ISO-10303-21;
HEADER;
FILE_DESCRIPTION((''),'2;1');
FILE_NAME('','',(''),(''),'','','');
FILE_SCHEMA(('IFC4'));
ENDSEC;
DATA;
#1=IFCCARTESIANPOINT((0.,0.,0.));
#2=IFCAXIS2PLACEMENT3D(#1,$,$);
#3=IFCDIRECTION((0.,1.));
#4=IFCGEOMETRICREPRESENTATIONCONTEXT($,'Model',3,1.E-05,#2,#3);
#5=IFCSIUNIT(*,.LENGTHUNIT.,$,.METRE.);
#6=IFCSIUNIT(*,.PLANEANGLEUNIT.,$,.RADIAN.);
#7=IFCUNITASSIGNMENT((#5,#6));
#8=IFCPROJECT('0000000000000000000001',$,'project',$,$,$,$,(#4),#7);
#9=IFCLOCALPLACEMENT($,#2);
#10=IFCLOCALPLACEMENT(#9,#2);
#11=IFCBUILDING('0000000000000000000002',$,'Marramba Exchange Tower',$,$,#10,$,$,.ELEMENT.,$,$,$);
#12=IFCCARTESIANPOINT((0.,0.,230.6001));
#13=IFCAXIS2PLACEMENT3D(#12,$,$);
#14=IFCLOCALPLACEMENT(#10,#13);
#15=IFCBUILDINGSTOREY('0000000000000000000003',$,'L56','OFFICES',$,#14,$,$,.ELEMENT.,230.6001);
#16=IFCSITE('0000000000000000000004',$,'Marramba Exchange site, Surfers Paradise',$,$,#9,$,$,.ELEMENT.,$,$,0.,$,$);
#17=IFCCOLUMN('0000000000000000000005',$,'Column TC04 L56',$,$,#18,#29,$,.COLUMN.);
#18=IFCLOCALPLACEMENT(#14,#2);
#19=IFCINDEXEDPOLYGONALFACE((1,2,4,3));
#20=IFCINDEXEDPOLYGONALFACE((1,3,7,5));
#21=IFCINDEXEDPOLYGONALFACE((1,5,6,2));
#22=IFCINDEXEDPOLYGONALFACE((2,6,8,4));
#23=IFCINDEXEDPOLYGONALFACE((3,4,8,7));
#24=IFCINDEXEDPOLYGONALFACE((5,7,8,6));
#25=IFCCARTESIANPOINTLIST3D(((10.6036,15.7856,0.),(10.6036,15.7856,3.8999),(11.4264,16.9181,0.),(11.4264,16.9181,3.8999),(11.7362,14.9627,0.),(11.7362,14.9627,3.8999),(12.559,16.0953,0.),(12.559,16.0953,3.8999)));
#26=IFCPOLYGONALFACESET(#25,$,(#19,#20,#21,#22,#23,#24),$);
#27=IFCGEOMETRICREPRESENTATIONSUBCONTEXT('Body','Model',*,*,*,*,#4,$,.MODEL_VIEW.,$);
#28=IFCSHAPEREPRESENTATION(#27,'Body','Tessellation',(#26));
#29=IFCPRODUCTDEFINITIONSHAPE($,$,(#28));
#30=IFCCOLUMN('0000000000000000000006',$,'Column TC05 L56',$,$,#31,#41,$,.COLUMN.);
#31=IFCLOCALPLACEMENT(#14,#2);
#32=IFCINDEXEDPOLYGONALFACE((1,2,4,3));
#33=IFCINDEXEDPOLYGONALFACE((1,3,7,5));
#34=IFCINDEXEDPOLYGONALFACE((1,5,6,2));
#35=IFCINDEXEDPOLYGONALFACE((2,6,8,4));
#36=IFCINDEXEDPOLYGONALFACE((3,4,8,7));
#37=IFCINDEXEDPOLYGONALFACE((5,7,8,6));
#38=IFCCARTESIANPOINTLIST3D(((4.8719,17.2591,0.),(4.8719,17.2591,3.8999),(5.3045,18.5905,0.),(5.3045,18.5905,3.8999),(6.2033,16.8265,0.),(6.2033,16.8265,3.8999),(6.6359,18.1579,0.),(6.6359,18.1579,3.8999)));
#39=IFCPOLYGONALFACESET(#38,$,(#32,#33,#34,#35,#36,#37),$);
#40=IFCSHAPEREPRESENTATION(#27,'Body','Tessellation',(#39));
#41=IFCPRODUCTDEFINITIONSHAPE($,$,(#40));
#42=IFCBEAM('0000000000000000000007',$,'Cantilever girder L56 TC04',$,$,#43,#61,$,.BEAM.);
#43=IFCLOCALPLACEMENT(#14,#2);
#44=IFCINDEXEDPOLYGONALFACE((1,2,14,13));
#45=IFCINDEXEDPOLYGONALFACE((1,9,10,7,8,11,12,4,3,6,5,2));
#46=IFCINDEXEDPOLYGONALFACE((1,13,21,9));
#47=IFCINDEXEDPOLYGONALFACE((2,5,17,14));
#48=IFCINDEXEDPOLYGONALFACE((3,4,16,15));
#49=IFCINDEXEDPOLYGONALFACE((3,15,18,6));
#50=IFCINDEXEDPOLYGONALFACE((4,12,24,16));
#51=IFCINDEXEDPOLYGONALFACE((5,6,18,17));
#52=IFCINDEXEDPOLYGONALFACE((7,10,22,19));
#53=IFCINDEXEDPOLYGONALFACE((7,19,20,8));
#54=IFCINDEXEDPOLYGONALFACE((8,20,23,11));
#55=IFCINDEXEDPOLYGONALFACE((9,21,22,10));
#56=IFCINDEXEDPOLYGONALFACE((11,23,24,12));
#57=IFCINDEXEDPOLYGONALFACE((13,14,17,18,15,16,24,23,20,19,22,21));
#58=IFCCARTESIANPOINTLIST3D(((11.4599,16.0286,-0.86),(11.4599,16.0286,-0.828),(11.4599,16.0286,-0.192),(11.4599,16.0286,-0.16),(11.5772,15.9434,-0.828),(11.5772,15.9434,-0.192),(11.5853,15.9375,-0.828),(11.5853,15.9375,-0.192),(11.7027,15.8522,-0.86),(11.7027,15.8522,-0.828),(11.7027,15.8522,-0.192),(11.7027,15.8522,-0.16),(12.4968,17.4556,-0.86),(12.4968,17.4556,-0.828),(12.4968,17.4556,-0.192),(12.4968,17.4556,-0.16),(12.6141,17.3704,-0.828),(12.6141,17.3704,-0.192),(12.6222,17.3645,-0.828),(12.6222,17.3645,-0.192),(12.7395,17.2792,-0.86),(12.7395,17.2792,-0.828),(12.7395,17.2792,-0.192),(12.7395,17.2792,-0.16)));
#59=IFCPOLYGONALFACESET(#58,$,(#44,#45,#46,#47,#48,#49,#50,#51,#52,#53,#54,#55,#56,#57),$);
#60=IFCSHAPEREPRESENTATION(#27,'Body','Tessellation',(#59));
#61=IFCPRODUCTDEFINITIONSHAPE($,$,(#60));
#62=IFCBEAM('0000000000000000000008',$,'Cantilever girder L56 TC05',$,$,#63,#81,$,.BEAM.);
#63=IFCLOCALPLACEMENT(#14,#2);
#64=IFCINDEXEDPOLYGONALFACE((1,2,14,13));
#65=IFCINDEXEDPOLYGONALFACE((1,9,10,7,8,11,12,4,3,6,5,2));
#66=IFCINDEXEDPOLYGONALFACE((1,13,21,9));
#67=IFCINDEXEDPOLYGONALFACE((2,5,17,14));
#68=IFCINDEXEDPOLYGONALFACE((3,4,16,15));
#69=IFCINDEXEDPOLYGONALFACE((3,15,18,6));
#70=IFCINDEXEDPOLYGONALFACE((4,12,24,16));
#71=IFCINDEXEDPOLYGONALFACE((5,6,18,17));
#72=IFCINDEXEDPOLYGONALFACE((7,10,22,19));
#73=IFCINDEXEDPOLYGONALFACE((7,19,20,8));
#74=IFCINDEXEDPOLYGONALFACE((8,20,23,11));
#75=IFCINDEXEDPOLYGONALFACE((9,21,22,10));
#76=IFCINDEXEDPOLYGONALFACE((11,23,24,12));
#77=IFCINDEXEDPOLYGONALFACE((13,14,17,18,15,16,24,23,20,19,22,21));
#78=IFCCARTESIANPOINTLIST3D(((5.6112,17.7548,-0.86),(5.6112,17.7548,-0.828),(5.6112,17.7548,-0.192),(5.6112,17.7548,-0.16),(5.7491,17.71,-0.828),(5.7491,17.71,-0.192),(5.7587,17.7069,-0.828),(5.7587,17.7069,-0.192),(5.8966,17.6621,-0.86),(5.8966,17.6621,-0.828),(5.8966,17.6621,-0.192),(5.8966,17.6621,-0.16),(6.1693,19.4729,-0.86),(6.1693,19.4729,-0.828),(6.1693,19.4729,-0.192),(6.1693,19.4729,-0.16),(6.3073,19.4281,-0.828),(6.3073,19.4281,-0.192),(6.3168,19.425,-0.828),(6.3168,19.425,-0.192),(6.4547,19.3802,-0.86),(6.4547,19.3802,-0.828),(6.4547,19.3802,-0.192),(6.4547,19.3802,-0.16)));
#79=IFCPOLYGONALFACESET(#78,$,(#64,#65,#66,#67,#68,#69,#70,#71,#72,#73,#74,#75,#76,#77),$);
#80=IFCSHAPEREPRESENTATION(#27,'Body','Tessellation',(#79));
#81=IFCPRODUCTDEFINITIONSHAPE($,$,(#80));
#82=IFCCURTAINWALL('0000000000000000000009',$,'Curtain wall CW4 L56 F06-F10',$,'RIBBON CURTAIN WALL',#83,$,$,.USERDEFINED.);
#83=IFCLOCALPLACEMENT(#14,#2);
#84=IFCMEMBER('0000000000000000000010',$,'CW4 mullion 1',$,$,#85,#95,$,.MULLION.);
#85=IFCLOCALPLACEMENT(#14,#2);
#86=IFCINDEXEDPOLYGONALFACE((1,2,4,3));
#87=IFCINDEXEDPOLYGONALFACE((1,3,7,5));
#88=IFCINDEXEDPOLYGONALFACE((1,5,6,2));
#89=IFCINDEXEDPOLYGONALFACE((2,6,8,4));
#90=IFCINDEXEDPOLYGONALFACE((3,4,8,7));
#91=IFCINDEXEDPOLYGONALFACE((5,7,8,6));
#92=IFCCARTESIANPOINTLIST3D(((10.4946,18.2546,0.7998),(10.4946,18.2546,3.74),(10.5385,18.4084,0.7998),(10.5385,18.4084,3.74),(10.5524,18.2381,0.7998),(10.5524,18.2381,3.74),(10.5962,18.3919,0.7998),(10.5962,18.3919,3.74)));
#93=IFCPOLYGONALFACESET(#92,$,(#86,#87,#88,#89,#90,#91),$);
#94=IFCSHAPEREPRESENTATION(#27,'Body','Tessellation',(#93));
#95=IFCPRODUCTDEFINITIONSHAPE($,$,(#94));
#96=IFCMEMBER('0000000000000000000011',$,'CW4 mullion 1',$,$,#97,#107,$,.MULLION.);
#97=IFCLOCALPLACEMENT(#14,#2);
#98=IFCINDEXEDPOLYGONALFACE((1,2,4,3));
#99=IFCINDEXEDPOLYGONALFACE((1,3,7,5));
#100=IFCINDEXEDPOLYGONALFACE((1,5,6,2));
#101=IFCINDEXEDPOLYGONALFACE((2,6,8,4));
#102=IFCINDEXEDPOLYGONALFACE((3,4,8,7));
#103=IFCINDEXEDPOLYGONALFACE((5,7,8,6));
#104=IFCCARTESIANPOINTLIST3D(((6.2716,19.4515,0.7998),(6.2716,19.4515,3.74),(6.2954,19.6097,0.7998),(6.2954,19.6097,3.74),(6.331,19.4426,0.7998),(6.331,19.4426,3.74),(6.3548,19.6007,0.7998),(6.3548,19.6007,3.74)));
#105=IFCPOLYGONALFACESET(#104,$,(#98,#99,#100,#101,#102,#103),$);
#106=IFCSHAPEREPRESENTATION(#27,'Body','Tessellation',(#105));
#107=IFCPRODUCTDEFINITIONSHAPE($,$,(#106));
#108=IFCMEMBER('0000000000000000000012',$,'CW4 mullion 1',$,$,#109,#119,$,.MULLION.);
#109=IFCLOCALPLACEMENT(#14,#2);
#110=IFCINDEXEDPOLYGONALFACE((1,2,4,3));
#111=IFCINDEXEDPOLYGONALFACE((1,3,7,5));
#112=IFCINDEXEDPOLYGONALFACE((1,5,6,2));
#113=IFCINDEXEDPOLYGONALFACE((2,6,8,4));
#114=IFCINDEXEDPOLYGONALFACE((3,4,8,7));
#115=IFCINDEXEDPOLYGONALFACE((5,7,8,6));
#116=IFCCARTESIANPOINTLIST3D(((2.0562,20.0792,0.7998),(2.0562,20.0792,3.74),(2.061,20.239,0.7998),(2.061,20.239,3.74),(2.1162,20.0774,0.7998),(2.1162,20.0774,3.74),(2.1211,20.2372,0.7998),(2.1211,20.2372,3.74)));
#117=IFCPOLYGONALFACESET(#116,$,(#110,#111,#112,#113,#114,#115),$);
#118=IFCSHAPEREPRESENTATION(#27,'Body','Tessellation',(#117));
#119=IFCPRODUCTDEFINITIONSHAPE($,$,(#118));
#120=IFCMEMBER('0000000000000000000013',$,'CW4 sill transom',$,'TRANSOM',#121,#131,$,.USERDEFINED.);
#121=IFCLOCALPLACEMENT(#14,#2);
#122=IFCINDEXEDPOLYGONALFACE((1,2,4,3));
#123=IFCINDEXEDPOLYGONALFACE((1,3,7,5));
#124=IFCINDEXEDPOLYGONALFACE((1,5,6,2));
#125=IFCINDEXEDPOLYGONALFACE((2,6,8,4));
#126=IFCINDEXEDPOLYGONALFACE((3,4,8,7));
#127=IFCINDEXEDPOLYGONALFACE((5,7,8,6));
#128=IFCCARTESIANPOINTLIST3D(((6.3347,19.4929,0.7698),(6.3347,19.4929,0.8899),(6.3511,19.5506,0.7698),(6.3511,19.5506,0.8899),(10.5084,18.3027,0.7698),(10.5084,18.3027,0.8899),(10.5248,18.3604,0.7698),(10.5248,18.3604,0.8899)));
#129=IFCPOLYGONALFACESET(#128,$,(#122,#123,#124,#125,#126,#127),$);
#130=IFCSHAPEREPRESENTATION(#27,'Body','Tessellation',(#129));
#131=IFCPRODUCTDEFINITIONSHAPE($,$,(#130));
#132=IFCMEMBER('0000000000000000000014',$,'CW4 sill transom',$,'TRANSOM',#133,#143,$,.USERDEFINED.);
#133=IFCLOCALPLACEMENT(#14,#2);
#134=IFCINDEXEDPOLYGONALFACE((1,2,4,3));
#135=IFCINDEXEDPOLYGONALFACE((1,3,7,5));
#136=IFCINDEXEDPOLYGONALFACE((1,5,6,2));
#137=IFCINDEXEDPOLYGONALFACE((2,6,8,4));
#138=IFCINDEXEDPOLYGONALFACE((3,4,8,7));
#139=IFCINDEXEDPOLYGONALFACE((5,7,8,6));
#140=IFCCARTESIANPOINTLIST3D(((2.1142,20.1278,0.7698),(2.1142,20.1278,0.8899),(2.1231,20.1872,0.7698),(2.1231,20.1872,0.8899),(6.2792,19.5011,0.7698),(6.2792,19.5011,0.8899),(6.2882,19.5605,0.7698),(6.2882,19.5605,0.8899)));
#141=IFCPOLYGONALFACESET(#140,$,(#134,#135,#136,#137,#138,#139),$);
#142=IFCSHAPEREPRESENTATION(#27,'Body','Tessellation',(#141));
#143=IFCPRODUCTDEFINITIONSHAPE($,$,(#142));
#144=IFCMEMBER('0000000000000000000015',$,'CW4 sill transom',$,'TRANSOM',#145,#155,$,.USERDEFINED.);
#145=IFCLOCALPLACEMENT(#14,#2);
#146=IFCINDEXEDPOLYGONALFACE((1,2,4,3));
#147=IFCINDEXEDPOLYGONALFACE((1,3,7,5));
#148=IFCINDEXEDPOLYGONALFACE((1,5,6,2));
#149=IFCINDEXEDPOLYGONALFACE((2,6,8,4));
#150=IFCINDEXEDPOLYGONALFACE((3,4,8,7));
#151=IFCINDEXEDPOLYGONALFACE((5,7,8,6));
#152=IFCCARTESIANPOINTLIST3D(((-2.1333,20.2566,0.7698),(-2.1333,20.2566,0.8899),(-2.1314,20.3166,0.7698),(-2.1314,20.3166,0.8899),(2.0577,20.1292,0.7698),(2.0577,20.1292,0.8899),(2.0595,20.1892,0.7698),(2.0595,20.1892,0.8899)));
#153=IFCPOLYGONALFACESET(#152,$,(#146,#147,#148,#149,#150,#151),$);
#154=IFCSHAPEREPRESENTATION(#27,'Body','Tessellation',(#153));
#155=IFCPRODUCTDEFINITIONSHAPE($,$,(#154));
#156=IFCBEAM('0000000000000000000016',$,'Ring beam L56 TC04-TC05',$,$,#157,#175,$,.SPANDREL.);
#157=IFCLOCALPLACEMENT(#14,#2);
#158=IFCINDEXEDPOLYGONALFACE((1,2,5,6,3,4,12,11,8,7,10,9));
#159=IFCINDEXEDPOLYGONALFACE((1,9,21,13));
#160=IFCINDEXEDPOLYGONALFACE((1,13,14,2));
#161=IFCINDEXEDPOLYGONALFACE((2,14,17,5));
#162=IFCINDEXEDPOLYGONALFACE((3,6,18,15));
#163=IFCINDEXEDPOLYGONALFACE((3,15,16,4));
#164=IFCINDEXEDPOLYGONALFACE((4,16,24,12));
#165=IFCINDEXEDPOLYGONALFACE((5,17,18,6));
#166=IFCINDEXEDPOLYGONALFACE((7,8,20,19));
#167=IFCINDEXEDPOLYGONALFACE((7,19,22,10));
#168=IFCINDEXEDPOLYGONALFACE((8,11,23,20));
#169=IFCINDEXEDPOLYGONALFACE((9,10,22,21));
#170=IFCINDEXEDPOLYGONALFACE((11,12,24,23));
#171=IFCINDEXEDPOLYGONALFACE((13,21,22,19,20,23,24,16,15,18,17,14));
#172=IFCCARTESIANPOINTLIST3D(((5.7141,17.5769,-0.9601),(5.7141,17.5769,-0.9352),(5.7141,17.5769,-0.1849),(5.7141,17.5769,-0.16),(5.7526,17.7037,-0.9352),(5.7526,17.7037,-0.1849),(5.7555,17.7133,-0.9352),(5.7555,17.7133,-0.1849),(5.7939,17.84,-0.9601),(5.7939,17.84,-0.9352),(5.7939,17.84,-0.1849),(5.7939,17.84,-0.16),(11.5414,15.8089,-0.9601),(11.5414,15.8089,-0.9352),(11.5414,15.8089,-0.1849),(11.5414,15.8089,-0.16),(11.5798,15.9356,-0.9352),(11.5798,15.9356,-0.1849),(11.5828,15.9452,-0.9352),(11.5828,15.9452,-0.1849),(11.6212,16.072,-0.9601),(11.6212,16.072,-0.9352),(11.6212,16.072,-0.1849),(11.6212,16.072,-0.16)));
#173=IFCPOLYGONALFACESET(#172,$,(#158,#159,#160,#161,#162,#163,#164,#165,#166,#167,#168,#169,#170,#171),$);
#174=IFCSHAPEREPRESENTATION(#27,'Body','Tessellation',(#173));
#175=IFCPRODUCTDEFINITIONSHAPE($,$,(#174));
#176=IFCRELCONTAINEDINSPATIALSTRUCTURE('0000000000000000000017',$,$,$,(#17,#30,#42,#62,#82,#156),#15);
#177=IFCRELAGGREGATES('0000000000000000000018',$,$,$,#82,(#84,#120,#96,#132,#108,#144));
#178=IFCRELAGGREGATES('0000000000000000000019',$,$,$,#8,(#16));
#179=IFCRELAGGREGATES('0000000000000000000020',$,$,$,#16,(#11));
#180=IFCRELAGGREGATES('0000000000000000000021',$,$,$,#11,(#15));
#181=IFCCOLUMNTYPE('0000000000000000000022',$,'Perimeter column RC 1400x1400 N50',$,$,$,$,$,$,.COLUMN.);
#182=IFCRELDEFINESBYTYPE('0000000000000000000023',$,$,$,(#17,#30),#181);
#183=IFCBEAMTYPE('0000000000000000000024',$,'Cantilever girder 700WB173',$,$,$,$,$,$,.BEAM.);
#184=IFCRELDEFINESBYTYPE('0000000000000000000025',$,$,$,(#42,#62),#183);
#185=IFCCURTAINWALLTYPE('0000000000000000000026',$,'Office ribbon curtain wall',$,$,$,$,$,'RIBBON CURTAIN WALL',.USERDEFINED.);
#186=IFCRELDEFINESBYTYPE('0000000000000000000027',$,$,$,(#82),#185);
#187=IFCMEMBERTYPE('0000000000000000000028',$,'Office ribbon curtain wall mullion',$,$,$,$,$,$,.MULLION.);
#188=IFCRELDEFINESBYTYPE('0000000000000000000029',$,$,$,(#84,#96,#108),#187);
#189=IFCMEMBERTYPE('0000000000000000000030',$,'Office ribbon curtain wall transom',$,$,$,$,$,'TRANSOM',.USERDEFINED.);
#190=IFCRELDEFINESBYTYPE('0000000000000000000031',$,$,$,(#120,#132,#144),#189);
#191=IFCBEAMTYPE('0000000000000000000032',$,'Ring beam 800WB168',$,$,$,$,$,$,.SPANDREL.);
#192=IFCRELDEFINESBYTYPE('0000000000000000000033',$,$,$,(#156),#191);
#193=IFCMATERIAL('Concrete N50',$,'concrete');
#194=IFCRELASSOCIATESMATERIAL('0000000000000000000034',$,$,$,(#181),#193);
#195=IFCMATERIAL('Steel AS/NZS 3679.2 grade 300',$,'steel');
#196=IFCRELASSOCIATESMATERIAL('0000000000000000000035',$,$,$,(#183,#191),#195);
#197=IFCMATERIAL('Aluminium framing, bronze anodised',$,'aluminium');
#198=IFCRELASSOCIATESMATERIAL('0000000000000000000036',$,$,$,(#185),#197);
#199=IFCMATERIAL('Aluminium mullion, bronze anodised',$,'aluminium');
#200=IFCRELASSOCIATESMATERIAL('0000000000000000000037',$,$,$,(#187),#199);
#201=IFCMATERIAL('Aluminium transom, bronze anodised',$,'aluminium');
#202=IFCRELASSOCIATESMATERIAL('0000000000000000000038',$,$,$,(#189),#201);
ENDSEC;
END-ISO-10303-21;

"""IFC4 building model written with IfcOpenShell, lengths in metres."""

from ifc_helpers import new_model, si_unit, direction, frame, origin, origin_2d, place, context, subcontext, project, spatial, rectangle, i_section, extrude, material, material_profile, profile_set, type_object, element, aggregate, save


model = new_model("IFC4")

# Units and contexts
model_context = context("Model", 3, precision=1e-05, world=origin(), true_north=direction((0.0, 1.0)))
body_context = subcontext(model_context, "Body", "Model", "MODEL_VIEW")
ifc_project = project(units=[si_unit("LENGTHUNIT", "METRE"), si_unit("PLANEANGLEUNIT", "RADIAN")], contexts=[model_context])

# Site, building, storey
site_placement = place(None, origin())
site = spatial("IfcSite", under=ifc_project, at=site_placement, Name="Marramba Exchange site, Surfers Paradise", CompositionType="ELEMENT", RefElevation=0.0)
building_placement = place(site_placement, origin())
building = spatial("IfcBuilding", under=site, at=building_placement, Name="Marramba Exchange Tower", CompositionType="ELEMENT")
storey_placement = place(building_placement, frame((0.0, 0.0, 230.6001)))
storey = spatial("IfcBuildingStorey", under=building, at=storey_placement, Name="L56", Description="OFFICES", CompositionType="ELEMENT", Elevation=230.6001)

# Columns
ifc_material_1 = material(Name="Concrete N50", Category="concrete")
ifc_material_profile_1 = material_profile(ifc_material_1, rectangle(XDim=1.3999, YDim=1.3999, at=origin_2d()), Name="RC 1400x1400")
ifc_profile_set_1 = profile_set([ifc_material_profile_1], Name="Concrete N50")
column_type = type_object("IfcColumnType", Name="Perimeter column RC 1400x1400 N50", PredefinedType="COLUMN", material=ifc_profile_set_1)
for number, where, z_axis, x_axis, name in (
    (1, (11.5813, 15.9404, 0.0), (0.0, 0.0, 1.0), (0.587785, 0.809017, 0.0), "Column TC04 L56"),
    (2, (5.7539, 17.7085, 0.0), (0.0, 0.0, 1.0), (0.309017, 0.951057, 0.0), "Column TC05 L56"),
):
    element("IfcColumn", number, at=place(storey_placement, frame(where, z_axis=z_axis, x_axis=x_axis)), inside=storey, type_object=column_type, Name=name, PredefinedType="COLUMN", context=body_context, shape_type="SweptSolid", body=[
        extrude(rectangle(XDim=1.3999, YDim=1.3999, at=origin_2d()), origin(), (0.0, 0.0, 1.0), 3.8999),
    ])

# Beams
ifc_material_2 = material(Name="Steel AS/NZS 3679.2 grade 300", Category="steel")
ifc_material_profile_2 = material_profile(ifc_material_2, i_section(OverallWidth=0.3, OverallDepth=0.7, WebThickness=0.01, FlangeThickness=0.032, at=origin_2d()), Name="700WB173")
ifc_profile_set_2 = profile_set([ifc_material_profile_2], Name="Steel AS/NZS 3679.2 grade 300")
beam_type_1 = type_object("IfcBeamType", Name="Cantilever girder 700WB173", PredefinedType="BEAM", material=ifc_profile_set_2)
beam_1_placement = place(storey_placement, frame((11.5813, 15.9404, -0.51), z_axis=(0.587818, 0.808993, 0.0), x_axis=(-0.808993, 0.587818, 0.0)))
element("IfcBeam", 3, at=beam_1_placement, inside=storey, type_object=beam_type_1, Name="Cantilever girder L56 TC04", PredefinedType="BEAM", context=body_context, shape_type="SweptSolid", body=[
    extrude(i_section(OverallWidth=0.3, OverallDepth=0.7, WebThickness=0.01, FlangeThickness=0.032, at=origin_2d()), origin(), (0.0, 0.0, 1.0), 1.7639),
])
beam_2_placement = place(storey_placement, frame((5.7539, 17.7085, -0.51), z_axis=(0.308961, 0.951075, 0.0), x_axis=(-0.951075, 0.308961, 0.0)))
element("IfcBeam", 4, at=beam_2_placement, inside=storey, type_object=beam_type_1, Name="Cantilever girder L56 TC05", PredefinedType="BEAM", context=body_context, shape_type="SweptSolid", body=[
    extrude(i_section(OverallWidth=0.3, OverallDepth=0.7, WebThickness=0.01, FlangeThickness=0.032, at=origin_2d()), origin(), (0.0, 0.0, 1.0), 1.8064),
])

# Curtain wall, members
ifc_material_3 = material(Name="Aluminium framing, bronze anodised", Category="aluminium")
curtain_wall_type = type_object("IfcCurtainWallType", Name="Office ribbon curtain wall", ElementType="RIBBON CURTAIN WALL", PredefinedType="USERDEFINED", material=ifc_material_3)
curtain_wall_placement = place(storey_placement, origin())
curtain_wall = element("IfcCurtainWall", 5, at=curtain_wall_placement, inside=storey, type_object=curtain_wall_type, Name="Curtain wall CW4 L56 F06-F10", ObjectType="RIBBON CURTAIN WALL", PredefinedType="USERDEFINED")
ifc_material_4 = material(Name="Aluminium mullion, bronze anodised", Category="aluminium")
ifc_material_profile_3 = material_profile(ifc_material_4, rectangle(XDim=0.1599, YDim=0.0601, at=origin_2d()), Name="CW4 mullion 60x160")
ifc_profile_set_3 = profile_set([ifc_material_profile_3], Name="Aluminium mullion, bronze anodised")
member_type_1 = type_object("IfcMemberType", Name="Office ribbon curtain wall mullion", PredefinedType="MULLION", material=ifc_profile_set_3)
member_1_placement = place(storey_placement, frame((10.5454, 18.3232, 0.7998), z_axis=(0.0, 0.0, 1.0), x_axis=(-0.274248, -0.961659, 0.0)))
member_1 = element("IfcMember", 6, at=member_1_placement, type_object=member_type_1, Name="CW4 mullion 1", PredefinedType="MULLION", context=body_context, shape_type="SweptSolid", body=[
    extrude(rectangle(XDim=0.1599, YDim=0.0601, at=origin_2d()), origin(), (0.0, 0.0, 1.0), 2.9402),
])
member_2_placement = place(storey_placement, frame((6.3132, 19.5261, 0.7998), z_axis=(0.0, 0.0, 1.0), x_axis=(-0.148795, -0.988868, 0.0)))
member_2 = element("IfcMember", 7, at=member_2_placement, type_object=member_type_1, Name="CW4 mullion 1", PredefinedType="MULLION", context=body_context, shape_type="SweptSolid", body=[
    extrude(rectangle(XDim=0.1599, YDim=0.0601, at=origin_2d()), origin(), (0.0, 0.0, 1.0), 2.9402),
])
member_3_placement = place(storey_placement, frame((2.0886, 20.1582, 0.7998), z_axis=(0.0, 0.0, 1.0), x_axis=(-0.030394, -0.999538, 0.0)))
member_3 = element("IfcMember", 8, at=member_3_placement, type_object=member_type_1, Name="CW4 mullion 1", PredefinedType="MULLION", context=body_context, shape_type="SweptSolid", body=[
    extrude(rectangle(XDim=0.1599, YDim=0.0601, at=origin_2d()), origin(), (0.0, 0.0, 1.0), 2.9402),
])
ifc_material_5 = material(Name="Aluminium transom, bronze anodised", Category="aluminium")
ifc_material_profile_4 = material_profile(ifc_material_5, rectangle(XDim=0.0601, YDim=0.1201, at=origin_2d()), Name="CW4 transom 60x120")
ifc_profile_set_4 = profile_set([ifc_material_profile_4], Name="Aluminium transom, bronze anodised")
member_type_2 = type_object("IfcMemberType", Name="Office ribbon curtain wall transom", ElementType="TRANSOM", PredefinedType="USERDEFINED", material=ifc_profile_set_4)
member_4_placement = place(storey_placement, frame((10.5166, 18.3315, 0.8298), z_axis=(-0.961662, 0.274238, 0.0), x_axis=(-0.274238, -0.961662, 0.0)))
member_4 = element("IfcMember", 9, at=member_4_placement, type_object=member_type_2, Name="CW4 sill transom", ObjectType="TRANSOM", PredefinedType="USERDEFINED", context=body_context, shape_type="SweptSolid", body=[
    extrude(rectangle(XDim=0.0601, YDim=0.1201, at=origin_2d()), origin(), (0.0, 0.0, 1.0), 4.3401),
])
member_5_placement = place(storey_placement, frame((6.2837, 19.5308, 0.8298), z_axis=(-0.988868, 0.148794, 0.0), x_axis=(-0.148794, -0.988868, 0.0)))
member_5 = element("IfcMember", 10, at=member_5_placement, type_object=member_type_2, Name="CW4 sill transom", ObjectType="TRANSOM", PredefinedType="USERDEFINED", context=body_context, shape_type="SweptSolid", body=[
    extrude(rectangle(XDim=0.0601, YDim=0.1201, at=origin_2d()), origin(), (0.0, 0.0, 1.0), 4.2119),
])
member_6_placement = place(storey_placement, frame((2.0586, 20.1592, 0.8298), z_axis=(-0.999538, 0.030395, 0.0), x_axis=(-0.030395, -0.999538, 0.0)))
member_6 = element("IfcMember", 11, at=member_6_placement, type_object=member_type_2, Name="CW4 sill transom", ObjectType="TRANSOM", PredefinedType="USERDEFINED", context=body_context, shape_type="SweptSolid", body=[
    extrude(rectangle(XDim=0.0601, YDim=0.1201, at=origin_2d()), origin(), (0.0, 0.0, 1.0), 4.1929),
])

# Beam
ifc_material_profile_5 = material_profile(ifc_material_2, i_section(OverallWidth=0.2749, OverallDepth=0.8, WebThickness=0.01, FlangeThickness=0.0249, at=origin_2d()), Name="800WB168")
ifc_profile_set_5 = profile_set([ifc_material_profile_5], Name="Steel AS/NZS 3679.2 grade 300")
beam_type_2 = type_object("IfcBeamType", Name="Ring beam 800WB168", PredefinedType="SPANDREL", material=ifc_profile_set_5)
beam_3_placement = place(storey_placement, frame((11.5813, 15.9404, -0.5601), z_axis=(-0.956925, 0.290337, 0.0), x_axis=(-0.290337, -0.956925, 0.0)))
element("IfcBeam", 12, at=beam_3_placement, inside=storey, type_object=beam_type_2, Name="Ring beam L56 TC04-TC05", PredefinedType="SPANDREL", context=body_context, shape_type="SweptSolid", body=[
    extrude(i_section(OverallWidth=0.2749, OverallDepth=0.8, WebThickness=0.01, FlangeThickness=0.0249, at=origin_2d()), origin(), (0.0, 0.0, 1.0), 6.0896),
])

aggregate(curtain_wall, [member_1, member_4, member_2, member_5, member_3, member_6])

save(model, "model.ifc")
